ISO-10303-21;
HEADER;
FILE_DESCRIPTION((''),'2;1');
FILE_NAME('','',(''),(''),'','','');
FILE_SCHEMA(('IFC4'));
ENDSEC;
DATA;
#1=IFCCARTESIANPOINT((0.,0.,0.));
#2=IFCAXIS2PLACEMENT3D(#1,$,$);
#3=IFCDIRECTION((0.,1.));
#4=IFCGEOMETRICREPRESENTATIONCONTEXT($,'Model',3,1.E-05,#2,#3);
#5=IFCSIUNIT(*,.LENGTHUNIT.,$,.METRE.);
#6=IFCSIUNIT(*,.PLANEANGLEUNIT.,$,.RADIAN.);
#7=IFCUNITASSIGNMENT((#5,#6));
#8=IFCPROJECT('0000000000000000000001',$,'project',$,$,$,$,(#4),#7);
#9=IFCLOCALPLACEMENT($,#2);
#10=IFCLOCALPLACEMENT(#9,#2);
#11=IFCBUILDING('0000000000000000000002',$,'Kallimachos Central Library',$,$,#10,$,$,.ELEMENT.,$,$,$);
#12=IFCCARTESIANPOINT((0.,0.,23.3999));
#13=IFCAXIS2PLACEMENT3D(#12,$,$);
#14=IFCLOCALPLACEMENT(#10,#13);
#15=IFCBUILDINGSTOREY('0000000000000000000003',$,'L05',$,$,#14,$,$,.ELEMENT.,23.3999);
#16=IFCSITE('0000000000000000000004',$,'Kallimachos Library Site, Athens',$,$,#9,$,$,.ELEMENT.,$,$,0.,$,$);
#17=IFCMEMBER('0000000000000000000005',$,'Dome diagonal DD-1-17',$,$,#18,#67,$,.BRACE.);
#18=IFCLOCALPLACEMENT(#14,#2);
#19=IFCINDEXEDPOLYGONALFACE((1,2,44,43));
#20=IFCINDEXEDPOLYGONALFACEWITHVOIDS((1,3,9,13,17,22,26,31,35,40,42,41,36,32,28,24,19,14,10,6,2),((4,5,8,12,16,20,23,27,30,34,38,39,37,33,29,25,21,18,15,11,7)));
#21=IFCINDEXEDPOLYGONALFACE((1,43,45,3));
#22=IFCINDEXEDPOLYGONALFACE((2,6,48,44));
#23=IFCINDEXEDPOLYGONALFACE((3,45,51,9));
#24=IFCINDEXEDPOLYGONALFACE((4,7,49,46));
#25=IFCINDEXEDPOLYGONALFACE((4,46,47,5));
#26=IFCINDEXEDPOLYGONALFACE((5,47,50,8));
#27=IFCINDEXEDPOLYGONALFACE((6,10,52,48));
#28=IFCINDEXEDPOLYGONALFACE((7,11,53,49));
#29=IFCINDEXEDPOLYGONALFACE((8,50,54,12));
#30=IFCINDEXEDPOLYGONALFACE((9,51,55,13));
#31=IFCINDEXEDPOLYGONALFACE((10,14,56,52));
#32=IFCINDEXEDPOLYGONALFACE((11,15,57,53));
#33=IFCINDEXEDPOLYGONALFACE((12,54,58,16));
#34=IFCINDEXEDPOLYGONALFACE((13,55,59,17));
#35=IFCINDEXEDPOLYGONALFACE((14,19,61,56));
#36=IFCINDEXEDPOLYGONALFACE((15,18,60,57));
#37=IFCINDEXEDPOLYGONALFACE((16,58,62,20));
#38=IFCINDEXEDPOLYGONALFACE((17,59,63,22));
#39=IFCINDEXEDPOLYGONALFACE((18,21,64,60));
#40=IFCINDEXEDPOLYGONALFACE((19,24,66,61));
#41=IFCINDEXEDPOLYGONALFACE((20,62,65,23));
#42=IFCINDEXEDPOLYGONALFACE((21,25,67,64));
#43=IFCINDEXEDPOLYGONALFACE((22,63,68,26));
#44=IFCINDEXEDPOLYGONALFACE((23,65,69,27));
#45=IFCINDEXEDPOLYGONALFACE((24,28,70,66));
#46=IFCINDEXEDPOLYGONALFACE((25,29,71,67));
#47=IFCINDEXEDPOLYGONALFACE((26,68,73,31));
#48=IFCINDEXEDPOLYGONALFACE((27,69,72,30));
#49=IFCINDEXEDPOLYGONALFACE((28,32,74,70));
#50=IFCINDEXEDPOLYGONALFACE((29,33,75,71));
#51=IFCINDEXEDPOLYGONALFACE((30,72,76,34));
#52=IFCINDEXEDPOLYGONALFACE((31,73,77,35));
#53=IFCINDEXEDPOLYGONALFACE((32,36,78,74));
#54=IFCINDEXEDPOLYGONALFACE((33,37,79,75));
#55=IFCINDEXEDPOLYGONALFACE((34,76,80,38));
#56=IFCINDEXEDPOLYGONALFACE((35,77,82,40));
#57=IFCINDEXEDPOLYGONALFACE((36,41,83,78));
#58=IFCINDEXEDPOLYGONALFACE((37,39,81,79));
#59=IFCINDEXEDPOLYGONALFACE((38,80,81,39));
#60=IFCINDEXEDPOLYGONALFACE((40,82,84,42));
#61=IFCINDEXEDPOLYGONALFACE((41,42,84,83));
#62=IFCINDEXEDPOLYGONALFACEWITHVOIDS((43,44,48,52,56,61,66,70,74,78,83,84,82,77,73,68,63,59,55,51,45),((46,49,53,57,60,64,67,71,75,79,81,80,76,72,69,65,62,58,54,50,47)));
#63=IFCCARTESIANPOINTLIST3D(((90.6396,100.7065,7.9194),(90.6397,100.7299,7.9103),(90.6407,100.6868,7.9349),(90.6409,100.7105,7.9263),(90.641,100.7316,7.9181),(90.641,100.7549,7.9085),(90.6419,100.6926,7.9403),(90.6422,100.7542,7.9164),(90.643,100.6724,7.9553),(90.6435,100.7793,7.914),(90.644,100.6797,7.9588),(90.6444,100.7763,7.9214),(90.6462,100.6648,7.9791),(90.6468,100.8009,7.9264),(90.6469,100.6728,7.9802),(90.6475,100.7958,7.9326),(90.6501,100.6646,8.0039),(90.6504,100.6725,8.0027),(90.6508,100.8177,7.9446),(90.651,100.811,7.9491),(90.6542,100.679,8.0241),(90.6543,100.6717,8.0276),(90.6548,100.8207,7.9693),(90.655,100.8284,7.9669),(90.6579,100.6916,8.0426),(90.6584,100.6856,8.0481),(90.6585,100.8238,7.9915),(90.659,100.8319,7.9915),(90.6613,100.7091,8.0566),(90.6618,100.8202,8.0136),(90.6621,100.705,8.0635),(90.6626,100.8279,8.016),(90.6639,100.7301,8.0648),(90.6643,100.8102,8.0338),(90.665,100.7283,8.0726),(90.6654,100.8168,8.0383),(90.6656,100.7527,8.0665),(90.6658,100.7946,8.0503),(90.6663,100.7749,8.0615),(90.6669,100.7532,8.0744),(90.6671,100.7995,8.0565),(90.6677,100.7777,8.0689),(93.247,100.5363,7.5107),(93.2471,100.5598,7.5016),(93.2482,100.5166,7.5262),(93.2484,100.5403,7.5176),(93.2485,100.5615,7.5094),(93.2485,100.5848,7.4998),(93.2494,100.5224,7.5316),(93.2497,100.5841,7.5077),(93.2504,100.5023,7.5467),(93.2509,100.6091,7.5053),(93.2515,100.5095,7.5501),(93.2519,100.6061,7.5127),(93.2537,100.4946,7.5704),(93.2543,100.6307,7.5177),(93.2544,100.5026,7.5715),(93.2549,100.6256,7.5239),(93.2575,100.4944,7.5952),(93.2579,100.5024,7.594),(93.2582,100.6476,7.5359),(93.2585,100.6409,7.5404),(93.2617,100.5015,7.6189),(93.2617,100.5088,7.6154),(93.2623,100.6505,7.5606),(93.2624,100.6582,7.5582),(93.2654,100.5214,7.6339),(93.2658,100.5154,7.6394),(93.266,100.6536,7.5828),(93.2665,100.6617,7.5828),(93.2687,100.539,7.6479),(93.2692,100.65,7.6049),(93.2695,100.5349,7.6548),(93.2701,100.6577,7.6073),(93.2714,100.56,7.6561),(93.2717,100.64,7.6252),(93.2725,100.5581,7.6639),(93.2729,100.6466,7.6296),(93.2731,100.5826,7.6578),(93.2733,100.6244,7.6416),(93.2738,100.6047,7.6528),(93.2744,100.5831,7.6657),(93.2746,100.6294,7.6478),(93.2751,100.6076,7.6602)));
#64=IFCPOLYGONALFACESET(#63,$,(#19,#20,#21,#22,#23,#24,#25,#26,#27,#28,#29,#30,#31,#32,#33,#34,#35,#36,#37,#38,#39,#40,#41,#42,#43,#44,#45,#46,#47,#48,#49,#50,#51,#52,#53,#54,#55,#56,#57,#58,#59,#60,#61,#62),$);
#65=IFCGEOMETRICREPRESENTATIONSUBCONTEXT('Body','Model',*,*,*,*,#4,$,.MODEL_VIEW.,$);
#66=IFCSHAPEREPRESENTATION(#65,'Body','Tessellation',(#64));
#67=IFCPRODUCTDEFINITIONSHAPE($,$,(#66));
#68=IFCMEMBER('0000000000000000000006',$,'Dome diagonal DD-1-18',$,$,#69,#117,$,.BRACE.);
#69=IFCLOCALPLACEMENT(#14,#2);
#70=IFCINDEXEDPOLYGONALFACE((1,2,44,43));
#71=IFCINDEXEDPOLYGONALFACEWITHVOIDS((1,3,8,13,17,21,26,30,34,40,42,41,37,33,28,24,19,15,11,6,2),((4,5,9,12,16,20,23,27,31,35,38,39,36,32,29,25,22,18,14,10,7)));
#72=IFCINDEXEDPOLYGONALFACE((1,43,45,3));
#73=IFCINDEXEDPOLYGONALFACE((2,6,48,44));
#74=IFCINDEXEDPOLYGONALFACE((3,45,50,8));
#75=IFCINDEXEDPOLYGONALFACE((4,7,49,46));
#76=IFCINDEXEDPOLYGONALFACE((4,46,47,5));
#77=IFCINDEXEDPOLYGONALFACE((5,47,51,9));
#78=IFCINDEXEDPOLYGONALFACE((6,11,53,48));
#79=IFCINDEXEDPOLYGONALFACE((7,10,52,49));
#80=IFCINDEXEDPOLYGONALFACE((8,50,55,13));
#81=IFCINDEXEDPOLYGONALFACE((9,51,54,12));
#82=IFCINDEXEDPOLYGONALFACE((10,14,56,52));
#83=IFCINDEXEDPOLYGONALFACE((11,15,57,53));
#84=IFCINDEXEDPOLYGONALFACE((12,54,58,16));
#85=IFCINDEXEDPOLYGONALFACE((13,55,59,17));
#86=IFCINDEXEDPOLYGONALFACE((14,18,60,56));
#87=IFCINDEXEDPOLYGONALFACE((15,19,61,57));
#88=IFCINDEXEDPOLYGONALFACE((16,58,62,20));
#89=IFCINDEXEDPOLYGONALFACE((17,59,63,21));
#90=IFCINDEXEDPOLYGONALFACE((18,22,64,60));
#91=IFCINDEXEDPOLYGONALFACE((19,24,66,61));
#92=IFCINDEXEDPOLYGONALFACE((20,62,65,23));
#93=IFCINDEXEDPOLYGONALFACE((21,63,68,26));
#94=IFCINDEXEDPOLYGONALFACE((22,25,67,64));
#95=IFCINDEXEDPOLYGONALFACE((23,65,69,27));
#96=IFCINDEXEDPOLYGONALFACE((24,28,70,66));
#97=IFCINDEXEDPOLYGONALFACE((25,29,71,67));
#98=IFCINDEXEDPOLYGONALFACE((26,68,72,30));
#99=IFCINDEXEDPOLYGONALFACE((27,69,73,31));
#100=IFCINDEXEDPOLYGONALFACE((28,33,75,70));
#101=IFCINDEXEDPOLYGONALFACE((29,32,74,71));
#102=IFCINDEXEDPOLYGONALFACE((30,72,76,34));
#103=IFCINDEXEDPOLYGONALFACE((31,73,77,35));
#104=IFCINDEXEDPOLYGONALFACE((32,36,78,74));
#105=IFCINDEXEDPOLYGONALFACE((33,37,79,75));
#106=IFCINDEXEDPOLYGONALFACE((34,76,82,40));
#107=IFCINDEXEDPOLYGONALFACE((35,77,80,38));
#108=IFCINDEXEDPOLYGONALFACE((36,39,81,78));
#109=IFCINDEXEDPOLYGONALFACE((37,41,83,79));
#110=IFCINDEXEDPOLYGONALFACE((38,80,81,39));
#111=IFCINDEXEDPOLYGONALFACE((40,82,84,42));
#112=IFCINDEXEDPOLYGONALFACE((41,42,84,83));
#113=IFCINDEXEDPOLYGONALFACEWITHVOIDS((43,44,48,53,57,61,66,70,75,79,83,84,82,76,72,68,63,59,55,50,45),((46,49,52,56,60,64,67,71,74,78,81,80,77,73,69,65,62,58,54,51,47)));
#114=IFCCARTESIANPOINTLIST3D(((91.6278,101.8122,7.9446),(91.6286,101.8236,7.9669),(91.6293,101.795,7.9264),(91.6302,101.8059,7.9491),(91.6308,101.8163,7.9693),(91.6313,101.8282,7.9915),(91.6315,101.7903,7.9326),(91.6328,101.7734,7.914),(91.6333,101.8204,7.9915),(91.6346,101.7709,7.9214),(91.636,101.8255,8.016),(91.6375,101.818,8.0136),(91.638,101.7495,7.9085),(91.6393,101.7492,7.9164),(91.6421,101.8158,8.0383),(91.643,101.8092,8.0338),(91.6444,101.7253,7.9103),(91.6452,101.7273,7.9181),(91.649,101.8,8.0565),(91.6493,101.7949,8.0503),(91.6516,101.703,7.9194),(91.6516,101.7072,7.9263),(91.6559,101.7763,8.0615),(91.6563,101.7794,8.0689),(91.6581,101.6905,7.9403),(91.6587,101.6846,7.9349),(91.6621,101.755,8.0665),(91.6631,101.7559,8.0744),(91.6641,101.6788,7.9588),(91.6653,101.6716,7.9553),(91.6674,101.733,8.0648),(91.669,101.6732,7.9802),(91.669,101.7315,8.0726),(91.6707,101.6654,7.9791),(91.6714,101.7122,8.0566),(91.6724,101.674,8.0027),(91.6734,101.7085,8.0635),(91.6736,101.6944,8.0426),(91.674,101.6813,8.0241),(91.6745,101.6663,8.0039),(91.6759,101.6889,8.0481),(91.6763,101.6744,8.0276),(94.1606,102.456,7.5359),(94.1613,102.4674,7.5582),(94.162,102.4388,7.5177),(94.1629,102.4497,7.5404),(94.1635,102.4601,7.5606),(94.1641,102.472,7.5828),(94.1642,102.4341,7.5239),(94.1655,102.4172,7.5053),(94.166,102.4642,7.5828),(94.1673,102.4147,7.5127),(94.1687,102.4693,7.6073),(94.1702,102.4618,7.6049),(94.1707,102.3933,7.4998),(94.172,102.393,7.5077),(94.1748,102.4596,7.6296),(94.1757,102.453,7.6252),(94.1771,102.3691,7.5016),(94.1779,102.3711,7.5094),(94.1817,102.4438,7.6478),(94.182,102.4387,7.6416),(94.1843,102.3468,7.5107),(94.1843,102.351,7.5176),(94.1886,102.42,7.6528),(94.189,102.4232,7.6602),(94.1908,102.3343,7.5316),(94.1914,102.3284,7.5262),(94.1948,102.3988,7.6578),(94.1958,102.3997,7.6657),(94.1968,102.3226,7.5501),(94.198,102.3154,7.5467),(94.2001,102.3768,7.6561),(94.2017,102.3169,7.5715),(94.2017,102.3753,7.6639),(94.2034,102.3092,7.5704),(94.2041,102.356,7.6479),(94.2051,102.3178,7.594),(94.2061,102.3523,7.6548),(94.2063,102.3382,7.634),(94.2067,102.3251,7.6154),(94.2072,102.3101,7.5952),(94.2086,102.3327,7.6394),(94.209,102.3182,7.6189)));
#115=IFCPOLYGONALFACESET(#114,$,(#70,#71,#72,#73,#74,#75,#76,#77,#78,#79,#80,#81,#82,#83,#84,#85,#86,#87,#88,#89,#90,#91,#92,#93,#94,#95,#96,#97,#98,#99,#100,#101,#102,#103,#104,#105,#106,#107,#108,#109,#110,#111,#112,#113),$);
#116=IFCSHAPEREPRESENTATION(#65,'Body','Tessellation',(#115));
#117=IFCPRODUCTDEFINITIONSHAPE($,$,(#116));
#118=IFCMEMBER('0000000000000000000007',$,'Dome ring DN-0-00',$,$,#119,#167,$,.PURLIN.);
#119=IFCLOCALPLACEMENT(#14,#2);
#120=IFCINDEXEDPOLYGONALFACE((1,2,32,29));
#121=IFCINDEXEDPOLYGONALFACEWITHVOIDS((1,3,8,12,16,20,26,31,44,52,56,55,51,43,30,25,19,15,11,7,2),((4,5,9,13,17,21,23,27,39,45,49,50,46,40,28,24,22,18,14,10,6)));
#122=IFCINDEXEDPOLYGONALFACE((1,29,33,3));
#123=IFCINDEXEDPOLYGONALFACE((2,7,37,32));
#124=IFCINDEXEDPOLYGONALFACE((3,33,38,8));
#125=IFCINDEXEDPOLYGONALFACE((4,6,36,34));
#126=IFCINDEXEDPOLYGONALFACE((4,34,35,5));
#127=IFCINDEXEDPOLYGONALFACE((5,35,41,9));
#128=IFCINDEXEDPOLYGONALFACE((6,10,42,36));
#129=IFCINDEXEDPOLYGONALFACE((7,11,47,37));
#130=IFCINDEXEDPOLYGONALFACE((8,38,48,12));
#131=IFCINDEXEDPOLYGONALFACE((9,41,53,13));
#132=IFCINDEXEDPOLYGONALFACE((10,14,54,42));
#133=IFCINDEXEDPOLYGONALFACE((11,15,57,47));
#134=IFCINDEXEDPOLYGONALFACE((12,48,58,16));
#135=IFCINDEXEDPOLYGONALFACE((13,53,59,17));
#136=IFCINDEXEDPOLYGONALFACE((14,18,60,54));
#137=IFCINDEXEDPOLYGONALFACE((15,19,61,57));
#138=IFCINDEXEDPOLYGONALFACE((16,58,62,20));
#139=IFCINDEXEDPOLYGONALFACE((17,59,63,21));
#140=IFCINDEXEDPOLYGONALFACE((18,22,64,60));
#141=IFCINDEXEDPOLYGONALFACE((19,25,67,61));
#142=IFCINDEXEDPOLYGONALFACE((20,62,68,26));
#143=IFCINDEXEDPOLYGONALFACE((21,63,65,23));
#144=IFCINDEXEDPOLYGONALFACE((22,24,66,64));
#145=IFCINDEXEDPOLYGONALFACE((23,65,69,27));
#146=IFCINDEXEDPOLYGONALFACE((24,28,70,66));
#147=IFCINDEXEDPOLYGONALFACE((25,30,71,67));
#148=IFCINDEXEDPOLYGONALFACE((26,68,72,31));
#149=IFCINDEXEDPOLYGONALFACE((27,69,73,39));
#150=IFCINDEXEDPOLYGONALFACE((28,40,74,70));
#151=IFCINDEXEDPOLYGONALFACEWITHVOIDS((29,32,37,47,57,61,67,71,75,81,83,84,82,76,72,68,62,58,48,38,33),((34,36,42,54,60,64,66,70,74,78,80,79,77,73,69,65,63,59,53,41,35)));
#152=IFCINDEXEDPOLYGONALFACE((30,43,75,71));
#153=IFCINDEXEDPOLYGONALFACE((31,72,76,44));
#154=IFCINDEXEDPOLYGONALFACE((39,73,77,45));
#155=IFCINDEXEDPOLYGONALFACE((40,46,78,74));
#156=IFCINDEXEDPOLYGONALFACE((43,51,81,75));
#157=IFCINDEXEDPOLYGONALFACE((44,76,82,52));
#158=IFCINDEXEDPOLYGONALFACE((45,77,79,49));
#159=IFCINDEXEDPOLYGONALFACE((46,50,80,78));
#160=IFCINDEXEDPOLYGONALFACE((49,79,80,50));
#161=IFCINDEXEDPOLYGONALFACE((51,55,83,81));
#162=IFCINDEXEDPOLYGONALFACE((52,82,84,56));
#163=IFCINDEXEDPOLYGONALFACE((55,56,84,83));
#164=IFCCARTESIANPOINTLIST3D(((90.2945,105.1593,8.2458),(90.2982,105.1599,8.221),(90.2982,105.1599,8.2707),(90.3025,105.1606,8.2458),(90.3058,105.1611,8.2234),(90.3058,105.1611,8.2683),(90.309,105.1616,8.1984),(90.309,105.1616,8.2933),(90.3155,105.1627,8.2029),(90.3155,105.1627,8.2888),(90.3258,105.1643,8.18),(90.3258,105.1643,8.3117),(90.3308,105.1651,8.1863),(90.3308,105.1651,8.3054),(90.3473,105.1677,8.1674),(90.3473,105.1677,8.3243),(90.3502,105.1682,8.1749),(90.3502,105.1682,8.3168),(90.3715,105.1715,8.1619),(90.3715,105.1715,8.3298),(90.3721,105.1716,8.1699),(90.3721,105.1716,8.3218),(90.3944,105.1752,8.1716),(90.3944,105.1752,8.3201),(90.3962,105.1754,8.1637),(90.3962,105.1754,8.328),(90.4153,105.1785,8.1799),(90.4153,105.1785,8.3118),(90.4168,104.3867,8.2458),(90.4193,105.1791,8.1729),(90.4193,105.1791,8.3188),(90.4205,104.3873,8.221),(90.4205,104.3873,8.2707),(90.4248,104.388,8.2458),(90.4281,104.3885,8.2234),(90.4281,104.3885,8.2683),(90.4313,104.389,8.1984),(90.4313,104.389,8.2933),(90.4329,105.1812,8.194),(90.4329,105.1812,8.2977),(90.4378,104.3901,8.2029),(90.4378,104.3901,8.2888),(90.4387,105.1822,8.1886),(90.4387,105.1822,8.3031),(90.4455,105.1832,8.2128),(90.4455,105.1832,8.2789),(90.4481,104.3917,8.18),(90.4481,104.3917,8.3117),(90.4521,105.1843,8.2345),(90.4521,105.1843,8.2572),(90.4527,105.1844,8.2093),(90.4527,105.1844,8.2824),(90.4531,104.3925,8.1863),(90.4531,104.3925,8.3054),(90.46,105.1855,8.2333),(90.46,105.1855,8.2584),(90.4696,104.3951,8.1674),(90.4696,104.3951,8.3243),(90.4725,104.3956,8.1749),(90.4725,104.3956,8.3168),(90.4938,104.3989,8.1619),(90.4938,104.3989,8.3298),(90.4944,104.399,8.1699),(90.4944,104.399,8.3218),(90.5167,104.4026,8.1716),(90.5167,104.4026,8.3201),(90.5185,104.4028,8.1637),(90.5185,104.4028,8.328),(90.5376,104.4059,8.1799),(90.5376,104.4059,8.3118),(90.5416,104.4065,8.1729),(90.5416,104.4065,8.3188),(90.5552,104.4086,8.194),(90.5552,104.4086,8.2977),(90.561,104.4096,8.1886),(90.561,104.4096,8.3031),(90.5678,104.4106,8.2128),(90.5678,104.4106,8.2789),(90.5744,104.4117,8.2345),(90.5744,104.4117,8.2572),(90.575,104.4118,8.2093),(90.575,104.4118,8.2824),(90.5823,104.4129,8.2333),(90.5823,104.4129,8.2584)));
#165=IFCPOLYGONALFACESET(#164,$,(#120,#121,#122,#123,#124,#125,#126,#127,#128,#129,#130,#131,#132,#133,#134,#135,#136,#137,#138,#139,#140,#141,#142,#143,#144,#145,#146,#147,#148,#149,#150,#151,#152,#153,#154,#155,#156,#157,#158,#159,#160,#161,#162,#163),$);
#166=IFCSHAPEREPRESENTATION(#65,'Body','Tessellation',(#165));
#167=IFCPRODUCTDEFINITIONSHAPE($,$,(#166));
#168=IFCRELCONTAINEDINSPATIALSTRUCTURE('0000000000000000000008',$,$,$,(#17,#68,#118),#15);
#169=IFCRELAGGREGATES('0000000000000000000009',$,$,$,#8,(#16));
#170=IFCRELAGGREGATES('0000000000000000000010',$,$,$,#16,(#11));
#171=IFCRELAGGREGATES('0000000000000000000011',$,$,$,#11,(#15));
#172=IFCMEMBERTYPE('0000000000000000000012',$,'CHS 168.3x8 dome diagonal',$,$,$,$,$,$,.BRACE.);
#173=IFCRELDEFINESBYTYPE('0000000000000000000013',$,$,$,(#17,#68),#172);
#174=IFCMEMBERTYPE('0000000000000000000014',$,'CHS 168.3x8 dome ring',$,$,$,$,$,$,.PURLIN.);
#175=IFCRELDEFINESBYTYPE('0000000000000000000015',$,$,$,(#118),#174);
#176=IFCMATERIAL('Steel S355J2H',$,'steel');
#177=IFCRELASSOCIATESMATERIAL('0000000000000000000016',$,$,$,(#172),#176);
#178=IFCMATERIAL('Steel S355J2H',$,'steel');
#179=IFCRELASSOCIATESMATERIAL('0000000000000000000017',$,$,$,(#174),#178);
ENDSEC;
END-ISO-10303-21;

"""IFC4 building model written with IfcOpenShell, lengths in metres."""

from ifc_helpers import new_model, si_unit, direction, frame, origin, origin_2d, place, context, subcontext, project, spatial, hollow_circle, extrude, material, material_profile, profile_set, type_object, element, save


model = new_model("IFC4")

# Units and contexts
model_context = context("Model", 3, precision=1e-05, world=origin(), true_north=direction((0.0, 1.0)))
body_context = subcontext(model_context, "Body", "Model", "MODEL_VIEW")
ifc_project = project(units=[si_unit("LENGTHUNIT", "METRE"), si_unit("PLANEANGLEUNIT", "RADIAN")], contexts=[model_context])

# Site, building, storey
site_placement = place(None, origin())
site = spatial("IfcSite", under=ifc_project, at=site_placement, Name="Kallimachos Library Site, Athens", CompositionType="ELEMENT", RefElevation=0.0)
building_placement = place(site_placement, origin())
building = spatial("IfcBuilding", under=site, at=building_placement, Name="Kallimachos Central Library", CompositionType="ELEMENT")
storey_placement = place(building_placement, frame((0.0, 0.0, 23.3999)))
storey = spatial("IfcBuildingStorey", under=building, at=storey_placement, Name="L05", CompositionType="ELEMENT", Elevation=23.3999)

# Members
ifc_material_1 = material(Name="Steel S355J2H", Category="steel")
ifc_material_profile_1 = material_profile(ifc_material_1, hollow_circle(Radius=0.0842, WallThickness=0.0081, at=origin_2d()), Name="CHS 168.3x8")
ifc_profile_set_1 = profile_set([ifc_material_profile_1], Name="Steel S355J2H")
member_type_1 = type_object("IfcMemberType", Name="CHS 168.3x8 dome diagonal", PredefinedType="BRACE", material=ifc_profile_set_1)
member_1_placement = place(storey_placement, frame((90.6536, 100.7478, 7.9915), z_axis=(0.985891, -0.064341, -0.15453), x_axis=(0.065124, 0.997877, 0.0)))
element("IfcMember", 1, at=member_1_placement, inside=storey, type_object=member_type_1, Name="Dome diagonal DD-1-17", PredefinedType="BRACE", context=body_context, shape_type="SweptSolid", body=[
    extrude(hollow_circle(Radius=0.0842, WallThickness=0.0081, at=origin_2d()), origin(), (0.0, 0.0, 1.0), 2.6448),
])
member_2_placement = place(storey_placement, frame((91.6521, 101.7466, 7.9915), z_axis=(0.95754, 0.2434, -0.154513), x_axis=(-0.246359, 0.969179, 0.0)))
element("IfcMember", 2, at=member_2_placement, inside=storey, type_object=member_type_1, Name="Dome diagonal DD-1-18", PredefinedType="BRACE", context=body_context, shape_type="SweptSolid", body=[
    extrude(hollow_circle(Radius=0.0842, WallThickness=0.0081, at=origin_2d()), origin(), (0.0, 0.0, 1.0), 2.645),
])
ifc_material_2 = material(Name="Steel S355J2H", Category="steel")
ifc_material_profile_2 = material_profile(ifc_material_2, hollow_circle(Radius=0.0842, WallThickness=0.0081, at=origin_2d()), Name="CHS 168.3x8")
ifc_profile_set_2 = profile_set([ifc_material_profile_2], Name="Steel S355J2H")
member_type_2 = type_object("IfcMemberType", Name="CHS 168.3x8 dome ring", PredefinedType="PURLIN", material=ifc_profile_set_2)
member_3_placement = place(storey_placement, frame((90.5, 104.3999, 8.2458), z_axis=(-0.156347, 0.987702, 0.0), x_axis=(-0.987702, -0.156347, 0.0)))
element("IfcMember", 3, at=member_3_placement, inside=storey, type_object=member_type_2, Name="Dome ring DN-0-00", PredefinedType="PURLIN", context=body_context, shape_type="SweptSolid", body=[
    extrude(hollow_circle(Radius=0.0842, WallThickness=0.0081, at=origin_2d()), origin(), (0.0, 0.0, 1.0), 0.7822),
])

save(model, "model.ifc")
